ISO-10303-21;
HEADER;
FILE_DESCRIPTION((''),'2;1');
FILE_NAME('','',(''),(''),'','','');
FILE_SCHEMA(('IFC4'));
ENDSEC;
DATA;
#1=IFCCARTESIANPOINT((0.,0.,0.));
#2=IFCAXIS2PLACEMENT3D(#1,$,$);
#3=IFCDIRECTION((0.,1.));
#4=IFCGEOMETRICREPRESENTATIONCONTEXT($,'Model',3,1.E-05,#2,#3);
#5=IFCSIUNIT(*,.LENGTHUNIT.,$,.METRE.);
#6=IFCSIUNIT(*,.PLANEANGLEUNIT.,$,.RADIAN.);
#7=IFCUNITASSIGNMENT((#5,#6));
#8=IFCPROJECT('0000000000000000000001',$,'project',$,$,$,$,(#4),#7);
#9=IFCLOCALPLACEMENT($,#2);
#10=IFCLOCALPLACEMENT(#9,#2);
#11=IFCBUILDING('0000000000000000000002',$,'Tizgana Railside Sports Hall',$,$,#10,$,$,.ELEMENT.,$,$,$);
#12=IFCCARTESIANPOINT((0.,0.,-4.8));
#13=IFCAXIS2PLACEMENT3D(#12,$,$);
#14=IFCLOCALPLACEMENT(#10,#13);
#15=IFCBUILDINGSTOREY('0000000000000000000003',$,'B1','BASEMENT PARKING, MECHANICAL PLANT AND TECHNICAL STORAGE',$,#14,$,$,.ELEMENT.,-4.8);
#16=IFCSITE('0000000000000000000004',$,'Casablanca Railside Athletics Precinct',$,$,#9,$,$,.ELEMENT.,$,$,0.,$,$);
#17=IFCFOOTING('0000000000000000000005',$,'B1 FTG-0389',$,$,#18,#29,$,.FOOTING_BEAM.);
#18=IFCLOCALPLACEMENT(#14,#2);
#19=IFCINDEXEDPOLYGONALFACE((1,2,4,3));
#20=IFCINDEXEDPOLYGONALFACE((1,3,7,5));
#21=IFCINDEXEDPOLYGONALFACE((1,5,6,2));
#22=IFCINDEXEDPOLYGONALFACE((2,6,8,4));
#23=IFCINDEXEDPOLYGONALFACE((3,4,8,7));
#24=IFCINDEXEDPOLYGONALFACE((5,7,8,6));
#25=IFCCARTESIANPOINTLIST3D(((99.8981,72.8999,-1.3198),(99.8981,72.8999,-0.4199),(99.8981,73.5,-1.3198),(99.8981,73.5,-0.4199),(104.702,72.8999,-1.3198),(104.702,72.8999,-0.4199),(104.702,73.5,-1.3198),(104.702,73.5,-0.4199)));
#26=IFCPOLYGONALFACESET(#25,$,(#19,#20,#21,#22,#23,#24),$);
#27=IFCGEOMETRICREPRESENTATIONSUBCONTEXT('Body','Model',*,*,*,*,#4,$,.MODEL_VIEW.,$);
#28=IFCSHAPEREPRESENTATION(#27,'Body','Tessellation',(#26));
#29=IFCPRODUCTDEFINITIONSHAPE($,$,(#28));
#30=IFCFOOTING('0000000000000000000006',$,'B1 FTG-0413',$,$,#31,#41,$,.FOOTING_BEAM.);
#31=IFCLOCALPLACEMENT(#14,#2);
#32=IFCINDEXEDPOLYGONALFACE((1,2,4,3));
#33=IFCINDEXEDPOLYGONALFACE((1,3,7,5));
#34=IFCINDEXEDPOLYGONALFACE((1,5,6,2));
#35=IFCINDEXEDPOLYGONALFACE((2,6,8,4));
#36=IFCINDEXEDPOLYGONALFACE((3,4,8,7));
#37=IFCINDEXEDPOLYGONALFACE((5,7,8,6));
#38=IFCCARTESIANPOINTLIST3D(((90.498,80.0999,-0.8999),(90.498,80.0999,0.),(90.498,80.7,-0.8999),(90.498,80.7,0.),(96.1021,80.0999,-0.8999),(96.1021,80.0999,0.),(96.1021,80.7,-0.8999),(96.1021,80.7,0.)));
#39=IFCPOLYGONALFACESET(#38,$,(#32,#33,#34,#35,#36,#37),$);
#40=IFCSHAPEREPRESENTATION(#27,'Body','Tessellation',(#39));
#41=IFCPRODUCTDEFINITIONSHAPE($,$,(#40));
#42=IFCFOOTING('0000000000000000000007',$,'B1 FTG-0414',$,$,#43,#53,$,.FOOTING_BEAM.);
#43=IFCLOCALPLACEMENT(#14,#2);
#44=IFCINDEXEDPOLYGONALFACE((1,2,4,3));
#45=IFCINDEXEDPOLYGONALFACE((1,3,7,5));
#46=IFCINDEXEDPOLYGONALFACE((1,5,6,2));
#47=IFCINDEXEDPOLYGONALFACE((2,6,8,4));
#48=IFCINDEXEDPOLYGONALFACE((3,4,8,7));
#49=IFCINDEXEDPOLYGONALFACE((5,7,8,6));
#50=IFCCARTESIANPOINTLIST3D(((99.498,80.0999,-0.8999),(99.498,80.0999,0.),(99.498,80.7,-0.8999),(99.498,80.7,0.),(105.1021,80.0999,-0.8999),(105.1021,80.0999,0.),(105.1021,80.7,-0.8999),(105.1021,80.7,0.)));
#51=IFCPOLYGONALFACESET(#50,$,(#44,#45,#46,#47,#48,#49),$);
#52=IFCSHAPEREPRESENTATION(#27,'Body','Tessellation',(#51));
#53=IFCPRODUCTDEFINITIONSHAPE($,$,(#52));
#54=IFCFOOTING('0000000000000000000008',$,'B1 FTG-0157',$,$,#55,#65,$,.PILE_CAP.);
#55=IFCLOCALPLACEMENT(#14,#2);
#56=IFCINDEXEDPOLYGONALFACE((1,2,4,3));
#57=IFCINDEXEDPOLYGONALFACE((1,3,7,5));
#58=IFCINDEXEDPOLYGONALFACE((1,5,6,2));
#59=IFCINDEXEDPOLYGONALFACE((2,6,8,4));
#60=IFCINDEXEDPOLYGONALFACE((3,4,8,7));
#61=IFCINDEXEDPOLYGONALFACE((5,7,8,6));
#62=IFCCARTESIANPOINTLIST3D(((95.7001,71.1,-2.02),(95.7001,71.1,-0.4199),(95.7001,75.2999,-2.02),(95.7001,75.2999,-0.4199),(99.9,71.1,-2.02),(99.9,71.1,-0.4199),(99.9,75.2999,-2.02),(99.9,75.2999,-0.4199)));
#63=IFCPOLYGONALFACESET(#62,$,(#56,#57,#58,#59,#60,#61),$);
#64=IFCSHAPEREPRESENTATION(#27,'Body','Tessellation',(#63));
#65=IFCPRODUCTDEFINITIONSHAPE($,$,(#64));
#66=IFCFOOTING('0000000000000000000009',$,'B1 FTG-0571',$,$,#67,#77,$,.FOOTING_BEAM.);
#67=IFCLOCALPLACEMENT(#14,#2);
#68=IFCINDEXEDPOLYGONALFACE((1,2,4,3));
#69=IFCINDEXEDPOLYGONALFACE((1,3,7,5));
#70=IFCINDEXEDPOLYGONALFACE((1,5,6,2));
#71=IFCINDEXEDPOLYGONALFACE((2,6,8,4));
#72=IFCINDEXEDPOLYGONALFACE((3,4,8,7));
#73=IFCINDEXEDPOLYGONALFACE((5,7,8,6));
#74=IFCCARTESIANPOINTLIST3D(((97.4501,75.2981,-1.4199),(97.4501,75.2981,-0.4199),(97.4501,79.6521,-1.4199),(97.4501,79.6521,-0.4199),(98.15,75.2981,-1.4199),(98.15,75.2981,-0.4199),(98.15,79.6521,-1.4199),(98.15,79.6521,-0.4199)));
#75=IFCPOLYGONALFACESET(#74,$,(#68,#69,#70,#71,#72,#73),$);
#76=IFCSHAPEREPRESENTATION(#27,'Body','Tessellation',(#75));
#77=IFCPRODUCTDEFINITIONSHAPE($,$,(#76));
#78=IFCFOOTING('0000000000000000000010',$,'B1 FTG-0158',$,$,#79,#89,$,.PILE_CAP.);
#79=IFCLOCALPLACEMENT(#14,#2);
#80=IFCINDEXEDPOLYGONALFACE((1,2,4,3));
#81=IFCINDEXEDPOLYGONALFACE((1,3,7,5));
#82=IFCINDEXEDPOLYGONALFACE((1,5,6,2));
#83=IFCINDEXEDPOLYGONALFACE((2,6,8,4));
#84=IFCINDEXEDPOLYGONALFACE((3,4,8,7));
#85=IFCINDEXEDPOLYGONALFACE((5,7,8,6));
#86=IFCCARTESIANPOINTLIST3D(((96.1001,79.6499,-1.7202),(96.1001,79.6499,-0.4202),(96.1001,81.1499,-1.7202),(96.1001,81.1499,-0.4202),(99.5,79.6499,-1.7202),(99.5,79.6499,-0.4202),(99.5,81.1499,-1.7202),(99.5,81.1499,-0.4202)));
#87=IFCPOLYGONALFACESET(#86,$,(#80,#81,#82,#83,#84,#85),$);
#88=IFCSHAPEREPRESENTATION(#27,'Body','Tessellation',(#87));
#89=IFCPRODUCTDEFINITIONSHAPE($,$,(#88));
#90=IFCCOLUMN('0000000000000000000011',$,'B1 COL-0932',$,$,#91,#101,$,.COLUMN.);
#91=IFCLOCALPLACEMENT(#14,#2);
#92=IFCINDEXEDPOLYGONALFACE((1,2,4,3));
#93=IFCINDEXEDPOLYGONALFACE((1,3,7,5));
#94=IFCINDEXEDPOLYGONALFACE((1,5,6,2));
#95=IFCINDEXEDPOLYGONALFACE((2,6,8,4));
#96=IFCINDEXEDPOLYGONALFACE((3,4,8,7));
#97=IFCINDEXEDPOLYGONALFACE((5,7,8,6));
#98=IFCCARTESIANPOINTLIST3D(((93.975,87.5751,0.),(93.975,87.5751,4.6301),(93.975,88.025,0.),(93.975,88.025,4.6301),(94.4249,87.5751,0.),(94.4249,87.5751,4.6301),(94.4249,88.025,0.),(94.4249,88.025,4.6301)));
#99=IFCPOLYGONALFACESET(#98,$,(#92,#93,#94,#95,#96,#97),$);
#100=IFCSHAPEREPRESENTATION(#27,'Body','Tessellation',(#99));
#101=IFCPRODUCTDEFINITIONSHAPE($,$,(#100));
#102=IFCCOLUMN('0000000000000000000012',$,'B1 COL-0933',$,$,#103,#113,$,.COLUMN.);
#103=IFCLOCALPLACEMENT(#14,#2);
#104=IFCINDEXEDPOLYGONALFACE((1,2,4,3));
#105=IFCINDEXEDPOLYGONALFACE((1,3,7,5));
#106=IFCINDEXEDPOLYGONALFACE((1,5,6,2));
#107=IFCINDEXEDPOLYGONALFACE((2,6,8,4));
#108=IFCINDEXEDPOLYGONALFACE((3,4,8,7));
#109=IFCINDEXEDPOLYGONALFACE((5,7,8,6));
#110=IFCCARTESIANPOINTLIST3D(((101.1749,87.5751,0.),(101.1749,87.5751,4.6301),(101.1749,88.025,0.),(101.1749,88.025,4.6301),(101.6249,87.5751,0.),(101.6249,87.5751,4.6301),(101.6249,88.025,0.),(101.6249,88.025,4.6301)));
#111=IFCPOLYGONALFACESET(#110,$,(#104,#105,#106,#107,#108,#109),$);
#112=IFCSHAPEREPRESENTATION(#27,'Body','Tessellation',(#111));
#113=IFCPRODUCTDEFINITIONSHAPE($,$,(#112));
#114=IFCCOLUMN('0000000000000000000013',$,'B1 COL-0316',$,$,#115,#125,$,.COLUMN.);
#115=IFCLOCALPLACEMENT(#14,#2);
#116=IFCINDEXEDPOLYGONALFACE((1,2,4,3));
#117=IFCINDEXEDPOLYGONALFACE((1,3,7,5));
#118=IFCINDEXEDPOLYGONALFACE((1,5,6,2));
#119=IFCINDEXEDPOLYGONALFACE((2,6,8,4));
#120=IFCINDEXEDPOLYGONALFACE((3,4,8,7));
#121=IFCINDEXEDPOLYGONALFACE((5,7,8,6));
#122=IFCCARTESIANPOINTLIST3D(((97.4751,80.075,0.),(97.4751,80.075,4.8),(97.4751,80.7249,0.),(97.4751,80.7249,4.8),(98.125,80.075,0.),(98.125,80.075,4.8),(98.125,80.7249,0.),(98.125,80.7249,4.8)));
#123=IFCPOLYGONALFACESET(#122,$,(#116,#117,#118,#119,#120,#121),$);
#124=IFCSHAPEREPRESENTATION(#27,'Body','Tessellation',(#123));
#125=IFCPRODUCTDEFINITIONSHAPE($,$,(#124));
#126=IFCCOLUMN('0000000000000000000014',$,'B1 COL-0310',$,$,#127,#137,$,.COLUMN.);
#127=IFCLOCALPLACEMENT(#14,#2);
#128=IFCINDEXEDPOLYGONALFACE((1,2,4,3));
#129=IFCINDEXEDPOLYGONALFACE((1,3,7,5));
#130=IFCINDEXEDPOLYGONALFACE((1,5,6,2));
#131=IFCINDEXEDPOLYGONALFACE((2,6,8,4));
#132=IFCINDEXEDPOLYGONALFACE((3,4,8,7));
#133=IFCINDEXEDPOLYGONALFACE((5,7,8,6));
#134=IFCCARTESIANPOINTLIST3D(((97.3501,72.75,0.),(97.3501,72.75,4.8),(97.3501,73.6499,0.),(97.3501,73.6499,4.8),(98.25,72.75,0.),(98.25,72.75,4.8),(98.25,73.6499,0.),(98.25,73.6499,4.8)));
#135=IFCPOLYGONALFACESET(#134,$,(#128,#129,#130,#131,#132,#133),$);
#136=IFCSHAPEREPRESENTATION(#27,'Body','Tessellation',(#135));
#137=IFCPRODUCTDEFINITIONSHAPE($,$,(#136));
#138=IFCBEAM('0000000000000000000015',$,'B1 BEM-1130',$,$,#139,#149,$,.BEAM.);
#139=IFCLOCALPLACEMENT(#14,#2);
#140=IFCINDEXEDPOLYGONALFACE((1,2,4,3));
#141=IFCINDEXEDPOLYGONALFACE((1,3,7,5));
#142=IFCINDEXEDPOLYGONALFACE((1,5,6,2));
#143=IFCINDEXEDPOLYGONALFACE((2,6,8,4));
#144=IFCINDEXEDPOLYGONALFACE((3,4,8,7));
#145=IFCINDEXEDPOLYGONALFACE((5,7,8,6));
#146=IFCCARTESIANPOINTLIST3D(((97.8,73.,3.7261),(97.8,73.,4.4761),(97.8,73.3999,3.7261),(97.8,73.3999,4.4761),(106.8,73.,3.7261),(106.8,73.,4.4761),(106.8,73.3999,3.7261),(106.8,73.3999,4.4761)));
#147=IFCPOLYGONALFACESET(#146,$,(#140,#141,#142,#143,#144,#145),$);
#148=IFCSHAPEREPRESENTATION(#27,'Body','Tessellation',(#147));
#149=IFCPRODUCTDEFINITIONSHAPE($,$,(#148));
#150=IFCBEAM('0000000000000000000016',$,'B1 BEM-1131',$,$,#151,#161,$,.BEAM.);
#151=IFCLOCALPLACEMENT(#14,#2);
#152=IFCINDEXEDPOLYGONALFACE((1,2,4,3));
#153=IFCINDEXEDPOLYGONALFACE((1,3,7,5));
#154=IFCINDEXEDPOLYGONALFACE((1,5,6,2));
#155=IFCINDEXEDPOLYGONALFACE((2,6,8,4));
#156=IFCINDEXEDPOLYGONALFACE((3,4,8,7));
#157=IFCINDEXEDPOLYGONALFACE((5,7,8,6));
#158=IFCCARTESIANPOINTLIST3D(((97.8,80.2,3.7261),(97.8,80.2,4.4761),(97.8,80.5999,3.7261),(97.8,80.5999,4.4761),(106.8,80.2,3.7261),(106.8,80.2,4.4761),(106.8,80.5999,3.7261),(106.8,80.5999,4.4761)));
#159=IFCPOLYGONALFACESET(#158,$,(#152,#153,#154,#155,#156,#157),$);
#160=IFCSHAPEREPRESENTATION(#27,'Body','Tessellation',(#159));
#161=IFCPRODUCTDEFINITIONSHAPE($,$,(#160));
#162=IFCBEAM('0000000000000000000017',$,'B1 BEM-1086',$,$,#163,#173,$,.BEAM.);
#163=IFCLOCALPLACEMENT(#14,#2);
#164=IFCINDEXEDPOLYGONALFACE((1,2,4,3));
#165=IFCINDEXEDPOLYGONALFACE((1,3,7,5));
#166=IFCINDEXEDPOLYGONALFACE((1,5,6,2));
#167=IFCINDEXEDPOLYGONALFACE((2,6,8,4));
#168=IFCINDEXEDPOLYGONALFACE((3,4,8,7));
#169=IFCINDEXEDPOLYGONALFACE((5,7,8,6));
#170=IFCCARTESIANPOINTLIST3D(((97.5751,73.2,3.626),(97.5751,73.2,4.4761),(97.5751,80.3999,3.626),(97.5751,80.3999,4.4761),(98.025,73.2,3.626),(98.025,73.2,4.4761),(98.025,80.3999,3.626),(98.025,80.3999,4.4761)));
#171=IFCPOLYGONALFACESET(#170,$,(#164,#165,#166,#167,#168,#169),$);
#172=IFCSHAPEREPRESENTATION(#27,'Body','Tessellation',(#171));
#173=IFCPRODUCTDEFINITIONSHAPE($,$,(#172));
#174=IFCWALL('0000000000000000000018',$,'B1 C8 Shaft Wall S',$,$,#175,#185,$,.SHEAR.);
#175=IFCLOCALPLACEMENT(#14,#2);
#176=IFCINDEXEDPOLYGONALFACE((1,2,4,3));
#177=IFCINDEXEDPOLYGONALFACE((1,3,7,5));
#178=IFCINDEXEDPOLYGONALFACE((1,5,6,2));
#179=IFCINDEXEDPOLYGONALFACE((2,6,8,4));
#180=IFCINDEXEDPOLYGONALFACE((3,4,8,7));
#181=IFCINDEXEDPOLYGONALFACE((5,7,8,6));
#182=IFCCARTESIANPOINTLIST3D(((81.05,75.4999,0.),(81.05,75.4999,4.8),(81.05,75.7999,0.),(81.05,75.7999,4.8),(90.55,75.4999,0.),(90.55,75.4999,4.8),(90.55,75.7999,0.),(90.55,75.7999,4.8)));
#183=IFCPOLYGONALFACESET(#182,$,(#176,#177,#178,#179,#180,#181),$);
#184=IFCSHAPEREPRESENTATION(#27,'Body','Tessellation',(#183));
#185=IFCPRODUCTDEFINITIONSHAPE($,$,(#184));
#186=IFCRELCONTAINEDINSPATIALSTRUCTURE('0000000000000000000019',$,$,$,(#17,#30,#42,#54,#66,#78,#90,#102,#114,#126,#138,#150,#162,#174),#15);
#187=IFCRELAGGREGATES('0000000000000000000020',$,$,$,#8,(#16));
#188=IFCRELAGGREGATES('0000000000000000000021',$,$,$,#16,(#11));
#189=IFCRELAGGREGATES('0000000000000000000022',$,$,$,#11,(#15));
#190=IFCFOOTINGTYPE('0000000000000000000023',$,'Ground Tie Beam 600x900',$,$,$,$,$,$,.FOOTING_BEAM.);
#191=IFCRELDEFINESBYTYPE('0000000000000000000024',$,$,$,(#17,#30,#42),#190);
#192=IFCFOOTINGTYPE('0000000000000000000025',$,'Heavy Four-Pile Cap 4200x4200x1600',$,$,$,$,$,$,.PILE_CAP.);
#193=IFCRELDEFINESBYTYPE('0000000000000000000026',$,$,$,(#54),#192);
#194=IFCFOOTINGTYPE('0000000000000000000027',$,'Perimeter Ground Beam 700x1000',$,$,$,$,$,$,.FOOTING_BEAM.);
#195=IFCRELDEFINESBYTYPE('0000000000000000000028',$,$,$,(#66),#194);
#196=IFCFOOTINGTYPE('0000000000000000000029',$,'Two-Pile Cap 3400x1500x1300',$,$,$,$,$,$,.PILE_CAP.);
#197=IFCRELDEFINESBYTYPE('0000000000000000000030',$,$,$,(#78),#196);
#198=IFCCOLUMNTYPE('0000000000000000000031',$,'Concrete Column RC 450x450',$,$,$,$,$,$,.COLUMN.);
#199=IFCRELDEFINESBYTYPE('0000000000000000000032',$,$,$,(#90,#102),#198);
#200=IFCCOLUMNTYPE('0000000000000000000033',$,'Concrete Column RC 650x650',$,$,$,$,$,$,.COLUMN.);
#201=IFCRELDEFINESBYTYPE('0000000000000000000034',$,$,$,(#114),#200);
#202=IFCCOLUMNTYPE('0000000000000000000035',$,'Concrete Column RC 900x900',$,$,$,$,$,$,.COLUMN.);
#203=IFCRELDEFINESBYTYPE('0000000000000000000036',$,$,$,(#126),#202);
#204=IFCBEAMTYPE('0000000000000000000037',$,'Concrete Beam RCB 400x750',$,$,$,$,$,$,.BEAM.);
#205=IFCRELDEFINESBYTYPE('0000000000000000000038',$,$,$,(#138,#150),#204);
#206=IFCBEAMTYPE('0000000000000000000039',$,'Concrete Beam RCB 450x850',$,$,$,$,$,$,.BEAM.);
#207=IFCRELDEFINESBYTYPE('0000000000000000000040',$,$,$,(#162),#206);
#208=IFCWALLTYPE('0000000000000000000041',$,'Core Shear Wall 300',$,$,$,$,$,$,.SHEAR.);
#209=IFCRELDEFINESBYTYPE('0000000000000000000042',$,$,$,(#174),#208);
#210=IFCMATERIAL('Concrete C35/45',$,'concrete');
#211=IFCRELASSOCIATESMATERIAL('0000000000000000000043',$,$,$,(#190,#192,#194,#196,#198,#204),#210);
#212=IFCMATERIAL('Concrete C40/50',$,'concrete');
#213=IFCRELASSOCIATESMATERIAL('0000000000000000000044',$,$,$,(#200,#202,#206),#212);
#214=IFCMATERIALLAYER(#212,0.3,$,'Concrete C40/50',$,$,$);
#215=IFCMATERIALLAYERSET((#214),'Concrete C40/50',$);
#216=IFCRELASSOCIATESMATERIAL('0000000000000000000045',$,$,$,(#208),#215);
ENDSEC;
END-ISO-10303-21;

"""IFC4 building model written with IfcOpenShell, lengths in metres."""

from ifc_helpers import new_model, si_unit, direction, frame, frame_2d, origin, origin_2d, place, context, subcontext, project, spatial, rectangle, extrude, material, layer, layer_set, material_profile, profile_set, type_object, element, save


model = new_model("IFC4")

# Units and contexts
model_context = context("Model", 3, precision=1e-05, world=origin(), true_north=direction((0.0, 1.0)))
body_context = subcontext(model_context, "Body", "Model", "MODEL_VIEW")
ifc_project = project(units=[si_unit("LENGTHUNIT", "METRE"), si_unit("PLANEANGLEUNIT", "RADIAN")], contexts=[model_context])

# Site, building, storey
site_placement = place(None, origin())
site = spatial("IfcSite", under=ifc_project, at=site_placement, Name="Casablanca Railside Athletics Precinct", CompositionType="ELEMENT", RefElevation=0.0)
building_placement = place(site_placement, origin())
building = spatial("IfcBuilding", under=site, at=building_placement, Name="Tizgana Railside Sports Hall", CompositionType="ELEMENT")
storey_placement = place(building_placement, frame((0.0, 0.0, -4.8)))
storey = spatial("IfcBuildingStorey", under=building, at=storey_placement, Name="B1", Description="BASEMENT PARKING, MECHANICAL PLANT AND TECHNICAL STORAGE", CompositionType="ELEMENT", Elevation=-4.8)

# Shared definitions
ifc_material_1 = material(Name="Concrete C35/45", Category="concrete")

# Footings
footing_type_1 = type_object("IfcFootingType", Name="Ground Tie Beam 600x900", PredefinedType="FOOTING_BEAM", material=ifc_material_1)
for number, where, z_axis, x_axis, name in (
    (1, (102.3, 73.2, -1.3198), (0.0, 0.0, 1.0), (1.0, 0.0, 0.0), "B1 FTG-0389"),
):
    element("IfcFooting", number, at=place(storey_placement, frame(where, z_axis=z_axis, x_axis=x_axis)), inside=storey, type_object=footing_type_1, Name=name, PredefinedType="FOOTING_BEAM", context=body_context, shape_type="SweptSolid", body=[
        extrude(rectangle(XDim=4.804, YDim=0.6001, at=origin_2d()), origin(), (0.0, 0.0, 1.0), 0.8999),
    ])
for number, where, z_axis, x_axis, name in (
    (2, (93.3, 80.3999, -0.8999), (0.0, 0.0, 1.0), (1.0, 0.0, 0.0), "B1 FTG-0413"),
    (3, (102.3, 80.3999, -0.8999), (0.0, 0.0, 1.0), (1.0, 0.0, 0.0), "B1 FTG-0414"),
):
    element("IfcFooting", number, at=place(storey_placement, frame(where, z_axis=z_axis, x_axis=x_axis)), inside=storey, type_object=footing_type_1, Name=name, PredefinedType="FOOTING_BEAM", context=body_context, shape_type="SweptSolid", body=[
        extrude(rectangle(XDim=5.604, YDim=0.6001, at=origin_2d()), origin(), (0.0, 0.0, 1.0), 0.8999),
    ])
footing_type_2 = type_object("IfcFootingType", Name="Heavy Four-Pile Cap 4200x4200x1600", PredefinedType="PILE_CAP", material=ifc_material_1)
footing_1_placement = place(storey_placement, frame((97.8, 73.2, -2.02), z_axis=(0.0, 0.0, 1.0), x_axis=(1.0, 0.0, 0.0)))
element("IfcFooting", 4, at=footing_1_placement, inside=storey, type_object=footing_type_2, Name="B1 FTG-0157", PredefinedType="PILE_CAP", context=body_context, shape_type="SweptSolid", body=[
    extrude(rectangle(XDim=4.2, YDim=4.2, at=origin_2d()), origin(), (0.0, 0.0, 1.0), 1.6001),
])
footing_type_3 = type_object("IfcFootingType", Name="Perimeter Ground Beam 700x1000", PredefinedType="FOOTING_BEAM", material=ifc_material_1)
footing_2_placement = place(storey_placement, frame((97.8, 77.4751, -1.4199), z_axis=(0.0, 0.0, 1.0), x_axis=(0.0, 1.0, 0.0)))
element("IfcFooting", 5, at=footing_2_placement, inside=storey, type_object=footing_type_3, Name="B1 FTG-0571", PredefinedType="FOOTING_BEAM", context=body_context, shape_type="SweptSolid", body=[
    extrude(rectangle(XDim=4.354, YDim=0.7, at=origin_2d()), origin(), (0.0, 0.0, 1.0), 1.0),
])
footing_type_4 = type_object("IfcFootingType", Name="Two-Pile Cap 3400x1500x1300", PredefinedType="PILE_CAP", material=ifc_material_1)
footing_3_placement = place(storey_placement, frame((97.8, 80.3999, -1.7202), z_axis=(0.0, 0.0, 1.0), x_axis=(1.0, 0.0, 0.0)))
element("IfcFooting", 6, at=footing_3_placement, inside=storey, type_object=footing_type_4, Name="B1 FTG-0158", PredefinedType="PILE_CAP", context=body_context, shape_type="SweptSolid", body=[
    extrude(rectangle(XDim=3.3999, YDim=1.5, at=origin_2d()), origin(), (0.0, 0.0, 1.0), 1.3),
])

# Columns
ifc_material_profile_1 = material_profile(ifc_material_1, rectangle(XDim=0.45, YDim=0.45, at=origin_2d()), Name="RC 450x450")
ifc_profile_set_1 = profile_set([ifc_material_profile_1], Name="Concrete C35/45")
column_type_1 = type_object("IfcColumnType", Name="Concrete Column RC 450x450", PredefinedType="COLUMN", material=ifc_profile_set_1)
for number, where, z_axis, x_axis, name in (
    (7, (94.2, 87.8, 0.0), (0.0, 0.0, 1.0), (1.0, 0.0, 0.0), "B1 COL-0932"),
    (8, (101.3999, 87.8, 0.0), (0.0, 0.0, 1.0), (1.0, 0.0, 0.0), "B1 COL-0933"),
):
    element("IfcColumn", number, at=place(storey_placement, frame(where, z_axis=z_axis, x_axis=x_axis)), inside=storey, type_object=column_type_1, Name=name, PredefinedType="COLUMN", context=body_context, shape_type="SweptSolid", body=[
        extrude(rectangle(XDim=0.45, YDim=0.45, at=origin_2d()), origin(), (0.0, 0.0, 1.0), 4.6301),
    ])
ifc_material_2 = material(Name="Concrete C40/50", Category="concrete")
ifc_material_profile_2 = material_profile(ifc_material_2, rectangle(XDim=0.6499, YDim=0.6499, at=origin_2d()), Name="RC 650x650")
ifc_profile_set_2 = profile_set([ifc_material_profile_2], Name="Concrete C40/50")
column_type_2 = type_object("IfcColumnType", Name="Concrete Column RC 650x650", PredefinedType="COLUMN", material=ifc_profile_set_2)
column_1_placement = place(storey_placement, frame((97.8, 80.3999, 0.0), z_axis=(0.0, 0.0, 1.0), x_axis=(1.0, 0.0, 0.0)))
element("IfcColumn", 9, at=column_1_placement, inside=storey, type_object=column_type_2, Name="B1 COL-0316", PredefinedType="COLUMN", context=body_context, shape_type="SweptSolid", body=[
    extrude(rectangle(XDim=0.6499, YDim=0.6499, at=origin_2d()), origin(), (0.0, 0.0, 1.0), 4.8),
])
ifc_material_profile_3 = material_profile(ifc_material_2, rectangle(XDim=0.8999, YDim=0.8999, at=origin_2d()), Name="RC 900x900")
ifc_profile_set_3 = profile_set([ifc_material_profile_3], Name="Concrete C40/50")
column_type_3 = type_object("IfcColumnType", Name="Concrete Column RC 900x900", PredefinedType="COLUMN", material=ifc_profile_set_3)
column_2_placement = place(storey_placement, frame((97.8, 73.2, 0.0), z_axis=(0.0, 0.0, 1.0), x_axis=(1.0, 0.0, 0.0)))
element("IfcColumn", 10, at=column_2_placement, inside=storey, type_object=column_type_3, Name="B1 COL-0310", PredefinedType="COLUMN", context=body_context, shape_type="SweptSolid", body=[
    extrude(rectangle(XDim=0.8999, YDim=0.8999, at=origin_2d()), origin(), (0.0, 0.0, 1.0), 4.8),
])

# Beams
ifc_material_profile_4 = material_profile(ifc_material_1, rectangle(XDim=0.3999, YDim=0.75, at=origin_2d()), Name="RCB 400x750")
ifc_profile_set_4 = profile_set([ifc_material_profile_4], Name="Concrete C35/45")
beam_type_1 = type_object("IfcBeamType", Name="Concrete Beam RCB 400x750", PredefinedType="BEAM", material=ifc_profile_set_4)
for number, where, z_axis, x_axis, name in (
    (11, (97.8, 73.2, 4.1011), (1.0, 0.0, 0.0), (0.0, 1.0, 0.0), "B1 BEM-1130"),
    (12, (97.8, 80.3999, 4.1011), (1.0, 0.0, 0.0), (0.0, 1.0, 0.0), "B1 BEM-1131"),
):
    element("IfcBeam", number, at=place(storey_placement, frame(where, z_axis=z_axis, x_axis=x_axis)), inside=storey, type_object=beam_type_1, Name=name, PredefinedType="BEAM", context=body_context, shape_type="SweptSolid", body=[
        extrude(rectangle(XDim=0.3999, YDim=0.75, at=origin_2d()), origin(), (0.0, 0.0, 1.0), 9.0),
    ])
ifc_material_profile_5 = material_profile(ifc_material_2, rectangle(XDim=0.45, YDim=0.8501, at=origin_2d()), Name="RCB 450x850")
ifc_profile_set_5 = profile_set([ifc_material_profile_5], Name="Concrete C40/50")
beam_type_2 = type_object("IfcBeamType", Name="Concrete Beam RCB 450x850", PredefinedType="BEAM", material=ifc_profile_set_5)
beam_placement = place(storey_placement, frame((97.8, 73.2, 4.051), z_axis=(0.0, 1.0, 0.0), x_axis=(-1.0, 0.0, 0.0)))
element("IfcBeam", 13, at=beam_placement, inside=storey, type_object=beam_type_2, Name="B1 BEM-1086", PredefinedType="BEAM", context=body_context, shape_type="SweptSolid", body=[
    extrude(rectangle(XDim=0.45, YDim=0.8501, at=origin_2d()), origin(), (0.0, 0.0, 1.0), 7.2),
])

# Wall
ifc_layer = layer(ifc_material_2, 0.3, Name="Concrete C40/50")
ifc_layer_set = layer_set([ifc_layer], Name="Concrete C40/50")
wall_type = type_object("IfcWallType", Name="Core Shear Wall 300", PredefinedType="SHEAR", material=ifc_layer_set)
wall_1_placement = place(storey_placement, frame((90.55, 75.6499, 0.0), z_axis=(0.0, 0.0, 1.0), x_axis=(-1.0, 0.0, 0.0)))
element("IfcWall", 14, at=wall_1_placement, inside=storey, type_object=wall_type, Name="B1 C8 Shaft Wall S", PredefinedType="SHEAR", context=body_context, shape_type="SweptSolid", body=[
    extrude(rectangle(XDim=9.5, YDim=0.3, at=frame_2d((4.75, 0.0))), origin(), (0.0, 0.0, 1.0), 4.8),
])

save(model, "model.ifc")
